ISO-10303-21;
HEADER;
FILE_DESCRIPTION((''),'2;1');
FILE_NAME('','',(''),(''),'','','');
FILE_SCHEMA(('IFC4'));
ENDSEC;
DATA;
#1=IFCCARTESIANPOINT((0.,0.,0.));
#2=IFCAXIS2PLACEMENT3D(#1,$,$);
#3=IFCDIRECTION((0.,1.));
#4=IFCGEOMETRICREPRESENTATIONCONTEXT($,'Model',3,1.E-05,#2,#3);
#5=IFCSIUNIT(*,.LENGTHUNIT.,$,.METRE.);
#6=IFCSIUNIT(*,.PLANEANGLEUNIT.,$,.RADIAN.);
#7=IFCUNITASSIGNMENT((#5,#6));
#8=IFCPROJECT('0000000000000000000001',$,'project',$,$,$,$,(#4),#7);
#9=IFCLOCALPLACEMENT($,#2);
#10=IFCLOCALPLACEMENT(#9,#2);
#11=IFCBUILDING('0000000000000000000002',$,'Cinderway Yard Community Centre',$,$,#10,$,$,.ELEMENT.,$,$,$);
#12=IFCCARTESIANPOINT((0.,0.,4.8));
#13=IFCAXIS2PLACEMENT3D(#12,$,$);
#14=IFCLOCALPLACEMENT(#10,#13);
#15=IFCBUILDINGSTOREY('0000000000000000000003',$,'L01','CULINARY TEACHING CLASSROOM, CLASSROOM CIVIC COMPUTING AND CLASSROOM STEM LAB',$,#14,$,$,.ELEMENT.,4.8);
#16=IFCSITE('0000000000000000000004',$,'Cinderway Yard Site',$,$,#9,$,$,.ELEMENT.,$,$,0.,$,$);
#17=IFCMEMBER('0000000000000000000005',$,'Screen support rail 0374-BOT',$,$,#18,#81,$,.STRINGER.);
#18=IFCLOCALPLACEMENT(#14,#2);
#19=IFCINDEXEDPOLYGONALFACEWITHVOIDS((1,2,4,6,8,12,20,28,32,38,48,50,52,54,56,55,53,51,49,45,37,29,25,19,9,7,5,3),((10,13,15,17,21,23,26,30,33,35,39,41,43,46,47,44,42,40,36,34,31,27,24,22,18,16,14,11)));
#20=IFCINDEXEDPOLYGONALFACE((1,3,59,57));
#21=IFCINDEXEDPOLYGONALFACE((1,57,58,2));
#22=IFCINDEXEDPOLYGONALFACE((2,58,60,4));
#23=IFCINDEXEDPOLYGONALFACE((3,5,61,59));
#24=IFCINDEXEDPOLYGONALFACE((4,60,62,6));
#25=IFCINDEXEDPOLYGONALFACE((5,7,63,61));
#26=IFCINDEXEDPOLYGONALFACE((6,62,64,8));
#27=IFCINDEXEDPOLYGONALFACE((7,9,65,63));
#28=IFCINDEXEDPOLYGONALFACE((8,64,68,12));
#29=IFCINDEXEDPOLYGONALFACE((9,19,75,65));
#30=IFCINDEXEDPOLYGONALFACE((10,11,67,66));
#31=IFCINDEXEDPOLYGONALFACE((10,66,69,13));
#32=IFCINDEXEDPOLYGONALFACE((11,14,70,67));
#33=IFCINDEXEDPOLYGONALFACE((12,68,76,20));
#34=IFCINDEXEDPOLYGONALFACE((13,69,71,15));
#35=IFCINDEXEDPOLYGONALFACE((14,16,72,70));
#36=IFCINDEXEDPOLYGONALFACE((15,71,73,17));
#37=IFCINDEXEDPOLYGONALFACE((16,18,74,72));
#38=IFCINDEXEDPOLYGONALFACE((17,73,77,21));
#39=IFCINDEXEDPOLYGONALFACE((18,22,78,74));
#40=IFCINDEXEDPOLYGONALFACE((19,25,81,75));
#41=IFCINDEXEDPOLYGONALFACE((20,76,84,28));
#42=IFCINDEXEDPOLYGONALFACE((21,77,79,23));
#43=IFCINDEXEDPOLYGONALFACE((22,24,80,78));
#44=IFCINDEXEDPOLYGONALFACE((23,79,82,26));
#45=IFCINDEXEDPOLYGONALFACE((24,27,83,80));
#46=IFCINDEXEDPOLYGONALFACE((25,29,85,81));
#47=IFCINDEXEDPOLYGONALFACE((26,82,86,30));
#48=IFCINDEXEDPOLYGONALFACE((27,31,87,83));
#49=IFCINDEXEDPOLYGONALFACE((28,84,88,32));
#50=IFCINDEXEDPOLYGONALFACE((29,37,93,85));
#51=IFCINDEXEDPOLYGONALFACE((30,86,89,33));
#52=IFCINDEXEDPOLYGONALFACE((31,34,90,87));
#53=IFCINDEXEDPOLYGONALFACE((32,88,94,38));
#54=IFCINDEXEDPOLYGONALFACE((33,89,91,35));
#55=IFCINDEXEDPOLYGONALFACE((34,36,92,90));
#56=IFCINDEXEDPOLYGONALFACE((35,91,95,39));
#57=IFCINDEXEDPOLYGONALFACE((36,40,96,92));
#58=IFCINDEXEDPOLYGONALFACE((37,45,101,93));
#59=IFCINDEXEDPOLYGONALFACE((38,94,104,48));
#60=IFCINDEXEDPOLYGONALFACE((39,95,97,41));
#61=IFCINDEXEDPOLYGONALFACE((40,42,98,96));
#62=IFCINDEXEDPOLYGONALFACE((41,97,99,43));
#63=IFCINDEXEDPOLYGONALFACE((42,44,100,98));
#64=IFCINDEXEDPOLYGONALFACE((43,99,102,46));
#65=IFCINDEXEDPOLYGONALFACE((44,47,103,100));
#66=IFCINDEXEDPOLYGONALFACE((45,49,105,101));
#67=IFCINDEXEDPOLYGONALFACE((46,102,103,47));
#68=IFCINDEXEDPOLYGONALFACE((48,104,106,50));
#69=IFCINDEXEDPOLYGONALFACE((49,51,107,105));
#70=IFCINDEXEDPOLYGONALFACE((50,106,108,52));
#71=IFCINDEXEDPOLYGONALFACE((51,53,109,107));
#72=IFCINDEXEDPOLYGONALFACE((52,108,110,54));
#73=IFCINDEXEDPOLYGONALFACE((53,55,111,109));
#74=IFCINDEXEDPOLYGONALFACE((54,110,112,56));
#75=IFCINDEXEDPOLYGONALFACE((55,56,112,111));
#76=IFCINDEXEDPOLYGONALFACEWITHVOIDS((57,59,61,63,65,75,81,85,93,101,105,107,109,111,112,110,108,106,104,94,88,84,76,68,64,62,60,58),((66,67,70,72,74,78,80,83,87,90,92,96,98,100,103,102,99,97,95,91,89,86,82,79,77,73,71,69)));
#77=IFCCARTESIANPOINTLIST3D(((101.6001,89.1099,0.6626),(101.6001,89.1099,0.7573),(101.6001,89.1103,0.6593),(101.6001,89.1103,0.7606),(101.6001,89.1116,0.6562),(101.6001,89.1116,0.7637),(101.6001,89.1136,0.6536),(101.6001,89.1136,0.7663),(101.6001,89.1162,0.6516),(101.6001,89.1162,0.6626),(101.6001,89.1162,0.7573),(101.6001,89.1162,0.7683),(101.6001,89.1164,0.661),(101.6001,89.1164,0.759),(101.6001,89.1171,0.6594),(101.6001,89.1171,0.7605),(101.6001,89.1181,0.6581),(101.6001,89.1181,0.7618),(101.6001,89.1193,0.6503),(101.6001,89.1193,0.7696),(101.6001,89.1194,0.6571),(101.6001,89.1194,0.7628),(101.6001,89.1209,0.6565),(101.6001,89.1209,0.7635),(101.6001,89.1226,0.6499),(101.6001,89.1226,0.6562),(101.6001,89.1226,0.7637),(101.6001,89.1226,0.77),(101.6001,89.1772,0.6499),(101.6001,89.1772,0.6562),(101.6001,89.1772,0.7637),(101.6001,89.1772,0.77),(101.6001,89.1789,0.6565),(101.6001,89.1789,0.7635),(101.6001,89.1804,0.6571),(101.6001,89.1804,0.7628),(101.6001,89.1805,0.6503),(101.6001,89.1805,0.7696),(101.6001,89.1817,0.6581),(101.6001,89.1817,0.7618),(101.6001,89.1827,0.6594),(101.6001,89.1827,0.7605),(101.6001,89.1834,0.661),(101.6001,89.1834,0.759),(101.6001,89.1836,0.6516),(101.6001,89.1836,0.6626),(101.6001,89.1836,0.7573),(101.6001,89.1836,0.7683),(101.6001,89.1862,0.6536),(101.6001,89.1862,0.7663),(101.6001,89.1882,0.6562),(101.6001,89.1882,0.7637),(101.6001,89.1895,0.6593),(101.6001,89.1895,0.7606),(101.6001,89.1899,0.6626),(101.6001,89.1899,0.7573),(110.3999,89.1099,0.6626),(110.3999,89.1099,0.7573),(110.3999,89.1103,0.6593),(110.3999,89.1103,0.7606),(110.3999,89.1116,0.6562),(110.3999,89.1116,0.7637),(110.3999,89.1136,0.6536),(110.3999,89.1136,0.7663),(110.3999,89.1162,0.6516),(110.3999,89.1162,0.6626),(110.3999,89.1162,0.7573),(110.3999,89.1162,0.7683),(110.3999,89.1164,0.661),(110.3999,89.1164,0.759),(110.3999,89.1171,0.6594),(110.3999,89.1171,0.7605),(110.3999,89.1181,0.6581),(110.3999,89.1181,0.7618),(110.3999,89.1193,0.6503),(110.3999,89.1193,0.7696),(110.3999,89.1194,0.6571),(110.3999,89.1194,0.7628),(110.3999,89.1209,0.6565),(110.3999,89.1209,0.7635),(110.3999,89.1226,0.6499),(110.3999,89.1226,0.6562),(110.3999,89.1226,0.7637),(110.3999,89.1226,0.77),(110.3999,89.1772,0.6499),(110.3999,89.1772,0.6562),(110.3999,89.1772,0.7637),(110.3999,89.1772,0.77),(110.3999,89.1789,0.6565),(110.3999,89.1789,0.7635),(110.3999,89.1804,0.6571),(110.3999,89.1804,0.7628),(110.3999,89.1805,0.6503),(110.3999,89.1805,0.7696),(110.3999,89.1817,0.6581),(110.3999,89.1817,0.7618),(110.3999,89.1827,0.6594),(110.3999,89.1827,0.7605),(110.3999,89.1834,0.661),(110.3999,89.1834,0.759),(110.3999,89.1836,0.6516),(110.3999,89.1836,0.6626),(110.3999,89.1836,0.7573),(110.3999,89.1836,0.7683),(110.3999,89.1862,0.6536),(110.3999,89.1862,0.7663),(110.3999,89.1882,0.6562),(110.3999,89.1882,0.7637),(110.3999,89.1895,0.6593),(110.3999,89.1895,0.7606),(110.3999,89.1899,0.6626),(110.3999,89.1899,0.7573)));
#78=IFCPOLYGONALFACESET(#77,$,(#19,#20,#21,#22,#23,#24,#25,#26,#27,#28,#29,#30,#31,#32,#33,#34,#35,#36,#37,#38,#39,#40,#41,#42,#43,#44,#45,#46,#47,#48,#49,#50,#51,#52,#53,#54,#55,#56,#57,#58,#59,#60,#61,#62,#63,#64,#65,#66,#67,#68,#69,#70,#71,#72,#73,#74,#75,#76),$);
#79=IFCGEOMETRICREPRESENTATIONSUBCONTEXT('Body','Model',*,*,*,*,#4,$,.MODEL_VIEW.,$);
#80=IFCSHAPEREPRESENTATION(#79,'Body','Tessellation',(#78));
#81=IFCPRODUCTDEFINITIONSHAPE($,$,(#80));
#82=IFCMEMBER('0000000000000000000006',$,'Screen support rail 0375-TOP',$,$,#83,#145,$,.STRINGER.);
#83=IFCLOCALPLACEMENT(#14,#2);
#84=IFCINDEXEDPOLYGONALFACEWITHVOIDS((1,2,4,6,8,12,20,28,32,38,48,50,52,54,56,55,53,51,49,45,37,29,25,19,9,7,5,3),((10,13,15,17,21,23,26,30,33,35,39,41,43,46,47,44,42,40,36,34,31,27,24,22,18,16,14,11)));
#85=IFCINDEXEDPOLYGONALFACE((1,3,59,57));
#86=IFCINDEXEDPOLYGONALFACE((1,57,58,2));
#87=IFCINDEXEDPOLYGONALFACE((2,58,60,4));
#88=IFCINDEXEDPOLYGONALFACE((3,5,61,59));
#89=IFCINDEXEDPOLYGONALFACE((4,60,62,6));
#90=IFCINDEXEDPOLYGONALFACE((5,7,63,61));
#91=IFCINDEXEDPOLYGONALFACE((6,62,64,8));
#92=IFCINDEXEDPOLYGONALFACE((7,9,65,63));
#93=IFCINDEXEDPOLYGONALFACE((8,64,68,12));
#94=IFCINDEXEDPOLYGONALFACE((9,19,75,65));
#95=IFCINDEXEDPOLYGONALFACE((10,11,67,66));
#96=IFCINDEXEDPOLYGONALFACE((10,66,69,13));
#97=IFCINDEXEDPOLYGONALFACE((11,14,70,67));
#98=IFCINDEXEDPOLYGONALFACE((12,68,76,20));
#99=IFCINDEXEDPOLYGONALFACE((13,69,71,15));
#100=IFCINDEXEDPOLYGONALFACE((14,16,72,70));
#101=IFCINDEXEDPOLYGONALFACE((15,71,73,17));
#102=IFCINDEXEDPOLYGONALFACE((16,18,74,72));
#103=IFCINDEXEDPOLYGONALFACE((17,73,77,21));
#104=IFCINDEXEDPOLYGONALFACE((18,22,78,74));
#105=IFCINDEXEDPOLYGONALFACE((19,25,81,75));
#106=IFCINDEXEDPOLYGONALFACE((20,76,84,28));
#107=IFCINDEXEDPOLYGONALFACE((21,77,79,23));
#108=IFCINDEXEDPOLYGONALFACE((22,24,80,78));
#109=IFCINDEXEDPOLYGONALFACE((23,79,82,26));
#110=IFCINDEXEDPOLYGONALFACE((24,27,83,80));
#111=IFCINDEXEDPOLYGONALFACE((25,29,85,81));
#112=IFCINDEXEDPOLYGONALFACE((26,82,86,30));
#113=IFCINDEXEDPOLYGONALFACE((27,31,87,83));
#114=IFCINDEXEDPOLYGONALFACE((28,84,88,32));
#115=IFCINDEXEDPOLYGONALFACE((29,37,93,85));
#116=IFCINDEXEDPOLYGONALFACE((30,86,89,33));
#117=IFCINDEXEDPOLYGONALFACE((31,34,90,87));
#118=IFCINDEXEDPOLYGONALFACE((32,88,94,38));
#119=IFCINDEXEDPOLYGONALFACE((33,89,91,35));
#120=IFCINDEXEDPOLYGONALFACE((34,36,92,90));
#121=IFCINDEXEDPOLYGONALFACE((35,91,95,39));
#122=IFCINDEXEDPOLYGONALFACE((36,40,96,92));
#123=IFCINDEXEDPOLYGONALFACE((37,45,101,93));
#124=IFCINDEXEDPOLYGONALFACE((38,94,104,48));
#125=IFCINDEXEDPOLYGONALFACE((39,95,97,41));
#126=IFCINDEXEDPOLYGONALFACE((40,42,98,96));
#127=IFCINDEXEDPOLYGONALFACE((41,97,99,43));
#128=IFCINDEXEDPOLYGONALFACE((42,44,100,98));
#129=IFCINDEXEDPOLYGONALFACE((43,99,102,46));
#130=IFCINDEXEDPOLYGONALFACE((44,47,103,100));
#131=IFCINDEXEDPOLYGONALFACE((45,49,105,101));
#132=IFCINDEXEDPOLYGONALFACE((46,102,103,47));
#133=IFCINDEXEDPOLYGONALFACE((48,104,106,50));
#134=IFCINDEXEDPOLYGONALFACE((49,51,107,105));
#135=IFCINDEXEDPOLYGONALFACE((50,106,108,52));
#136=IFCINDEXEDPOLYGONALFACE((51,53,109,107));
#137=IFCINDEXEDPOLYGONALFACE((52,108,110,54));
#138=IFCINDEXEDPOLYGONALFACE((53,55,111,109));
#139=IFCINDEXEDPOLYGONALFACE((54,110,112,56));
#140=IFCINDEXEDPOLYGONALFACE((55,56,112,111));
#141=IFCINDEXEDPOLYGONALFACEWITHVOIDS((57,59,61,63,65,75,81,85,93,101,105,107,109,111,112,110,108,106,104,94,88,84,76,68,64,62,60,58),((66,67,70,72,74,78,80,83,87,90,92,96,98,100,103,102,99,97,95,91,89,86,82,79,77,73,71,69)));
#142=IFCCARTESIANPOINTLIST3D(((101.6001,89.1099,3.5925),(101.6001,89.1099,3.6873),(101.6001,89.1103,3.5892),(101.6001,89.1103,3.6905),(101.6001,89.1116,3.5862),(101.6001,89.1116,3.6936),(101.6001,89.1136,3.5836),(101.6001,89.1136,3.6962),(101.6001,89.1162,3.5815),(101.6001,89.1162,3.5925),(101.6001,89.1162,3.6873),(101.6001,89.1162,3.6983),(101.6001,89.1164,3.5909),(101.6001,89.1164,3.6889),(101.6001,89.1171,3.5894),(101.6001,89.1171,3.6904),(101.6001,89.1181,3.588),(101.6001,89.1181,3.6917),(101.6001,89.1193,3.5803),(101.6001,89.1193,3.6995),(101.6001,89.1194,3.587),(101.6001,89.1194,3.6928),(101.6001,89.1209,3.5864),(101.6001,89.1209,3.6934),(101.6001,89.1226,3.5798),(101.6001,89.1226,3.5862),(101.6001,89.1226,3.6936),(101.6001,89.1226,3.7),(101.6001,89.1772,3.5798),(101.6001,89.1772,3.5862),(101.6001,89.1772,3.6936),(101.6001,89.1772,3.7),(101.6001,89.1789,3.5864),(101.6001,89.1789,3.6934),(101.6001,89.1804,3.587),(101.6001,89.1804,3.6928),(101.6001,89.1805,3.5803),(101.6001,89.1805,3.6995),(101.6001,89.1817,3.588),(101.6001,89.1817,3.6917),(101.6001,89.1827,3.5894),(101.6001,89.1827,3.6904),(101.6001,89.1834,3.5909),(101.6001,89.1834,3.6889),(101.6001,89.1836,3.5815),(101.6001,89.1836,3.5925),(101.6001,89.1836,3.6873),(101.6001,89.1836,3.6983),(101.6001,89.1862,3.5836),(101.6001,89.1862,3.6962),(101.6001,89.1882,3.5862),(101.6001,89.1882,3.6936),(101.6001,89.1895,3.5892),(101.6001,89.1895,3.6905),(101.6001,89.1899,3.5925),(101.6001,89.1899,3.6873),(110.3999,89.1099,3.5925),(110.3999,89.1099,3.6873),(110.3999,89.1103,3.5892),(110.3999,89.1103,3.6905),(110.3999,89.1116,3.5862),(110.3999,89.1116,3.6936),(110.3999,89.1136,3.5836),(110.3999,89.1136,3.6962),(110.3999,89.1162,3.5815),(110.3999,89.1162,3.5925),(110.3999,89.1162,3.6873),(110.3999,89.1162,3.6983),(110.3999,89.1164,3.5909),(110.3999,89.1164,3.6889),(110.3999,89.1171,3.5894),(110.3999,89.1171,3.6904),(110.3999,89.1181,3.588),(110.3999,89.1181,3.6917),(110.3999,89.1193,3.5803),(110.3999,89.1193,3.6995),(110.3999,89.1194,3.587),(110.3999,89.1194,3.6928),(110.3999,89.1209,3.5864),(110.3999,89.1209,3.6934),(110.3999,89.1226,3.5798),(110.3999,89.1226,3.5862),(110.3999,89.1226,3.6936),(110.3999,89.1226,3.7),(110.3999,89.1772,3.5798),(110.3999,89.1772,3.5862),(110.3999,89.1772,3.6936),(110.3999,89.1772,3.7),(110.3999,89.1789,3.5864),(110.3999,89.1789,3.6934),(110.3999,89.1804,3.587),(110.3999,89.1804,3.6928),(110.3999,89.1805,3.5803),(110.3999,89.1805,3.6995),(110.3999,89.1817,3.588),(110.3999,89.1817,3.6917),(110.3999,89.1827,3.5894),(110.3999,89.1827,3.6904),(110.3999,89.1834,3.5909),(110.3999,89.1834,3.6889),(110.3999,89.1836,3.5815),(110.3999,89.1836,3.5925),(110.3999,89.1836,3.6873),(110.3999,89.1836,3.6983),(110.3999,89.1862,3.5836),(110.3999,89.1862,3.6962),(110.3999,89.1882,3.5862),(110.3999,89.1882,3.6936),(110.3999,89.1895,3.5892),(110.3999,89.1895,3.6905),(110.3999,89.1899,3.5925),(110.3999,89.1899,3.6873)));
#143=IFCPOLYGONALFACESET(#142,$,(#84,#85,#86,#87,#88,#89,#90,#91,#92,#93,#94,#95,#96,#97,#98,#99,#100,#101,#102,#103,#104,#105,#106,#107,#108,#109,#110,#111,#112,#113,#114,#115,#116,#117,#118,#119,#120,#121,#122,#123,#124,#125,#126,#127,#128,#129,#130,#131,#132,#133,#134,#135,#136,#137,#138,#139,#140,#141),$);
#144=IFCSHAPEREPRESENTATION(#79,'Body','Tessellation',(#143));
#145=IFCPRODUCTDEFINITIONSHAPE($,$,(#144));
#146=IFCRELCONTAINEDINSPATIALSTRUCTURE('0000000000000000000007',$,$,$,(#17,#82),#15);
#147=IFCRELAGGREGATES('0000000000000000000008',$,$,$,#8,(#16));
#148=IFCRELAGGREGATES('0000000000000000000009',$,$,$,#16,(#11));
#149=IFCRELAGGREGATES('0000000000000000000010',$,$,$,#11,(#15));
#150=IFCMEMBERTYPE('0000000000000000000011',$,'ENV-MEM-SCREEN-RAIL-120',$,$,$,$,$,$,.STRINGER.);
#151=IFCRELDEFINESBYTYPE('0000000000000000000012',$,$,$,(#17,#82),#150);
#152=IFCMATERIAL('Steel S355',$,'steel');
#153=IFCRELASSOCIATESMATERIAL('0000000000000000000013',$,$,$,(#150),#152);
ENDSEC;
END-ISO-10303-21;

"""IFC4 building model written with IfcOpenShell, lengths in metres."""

from ifc_helpers import new_model, si_unit, direction, frame, origin, origin_2d, place, context, subcontext, project, spatial, hollow_rectangle, extrude, material, material_profile, profile_set, type_object, element, save


model = new_model("IFC4")

# Units and contexts
model_context = context("Model", 3, precision=1e-05, world=origin(), true_north=direction((0.0, 1.0)))
body_context = subcontext(model_context, "Body", "Model", "MODEL_VIEW")
ifc_project = project(units=[si_unit("LENGTHUNIT", "METRE"), si_unit("PLANEANGLEUNIT", "RADIAN")], contexts=[model_context])

# Site, building, storey
site_placement = place(None, origin())
site = spatial("IfcSite", under=ifc_project, at=site_placement, Name="Cinderway Yard Site", CompositionType="ELEMENT", RefElevation=0.0)
building_placement = place(site_placement, origin())
building = spatial("IfcBuilding", under=site, at=building_placement, Name="Cinderway Yard Community Centre", CompositionType="ELEMENT")
storey_placement = place(building_placement, frame((0.0, 0.0, 4.8)))
storey = spatial("IfcBuildingStorey", under=building, at=storey_placement, Name="L01", Description="CULINARY TEACHING CLASSROOM, CLASSROOM CIVIC COMPUTING AND CLASSROOM STEM LAB", CompositionType="ELEMENT", Elevation=4.8)

# Members
ifc_material_1 = material(Name="Steel S355", Category="steel")
ifc_material_profile_1 = material_profile(ifc_material_1, hollow_rectangle(XDim=0.0801, YDim=0.1201, WallThickness=0.0063, InnerFilletRadius=0.0063, OuterFilletRadius=0.0127, at=origin_2d()), Name="Steel S355")
ifc_profile_set_1 = profile_set([ifc_material_profile_1], Name="Steel S355")
member_type_1 = type_object("IfcMemberType", Name="ENV-MEM-SCREEN-RAIL-120", PredefinedType="STRINGER", material=ifc_profile_set_1)
for number, where, z_axis, x_axis, name in (
    (1, (101.6001, 89.1499, 0.71), (1.0, 0.0, 0.0), (0.0, 1.0, 0.0), "Screen support rail 0374-BOT"),
    (2, (101.6001, 89.1499, 3.6399), (1.0, 0.0, 0.0), (0.0, 1.0, 0.0), "Screen support rail 0375-TOP"),
):
    element("IfcMember", number, at=place(storey_placement, frame(where, z_axis=z_axis, x_axis=x_axis)), inside=storey, type_object=member_type_1, Name=name, PredefinedType="STRINGER", context=body_context, shape_type="SweptSolid", body=[
        extrude(hollow_rectangle(XDim=0.0801, YDim=0.1201, WallThickness=0.0063, InnerFilletRadius=0.0063, OuterFilletRadius=0.0127, at=origin_2d()), origin(), (0.0, 0.0, 1.0), 8.7998),
    ])

save(model, "model.ifc")
